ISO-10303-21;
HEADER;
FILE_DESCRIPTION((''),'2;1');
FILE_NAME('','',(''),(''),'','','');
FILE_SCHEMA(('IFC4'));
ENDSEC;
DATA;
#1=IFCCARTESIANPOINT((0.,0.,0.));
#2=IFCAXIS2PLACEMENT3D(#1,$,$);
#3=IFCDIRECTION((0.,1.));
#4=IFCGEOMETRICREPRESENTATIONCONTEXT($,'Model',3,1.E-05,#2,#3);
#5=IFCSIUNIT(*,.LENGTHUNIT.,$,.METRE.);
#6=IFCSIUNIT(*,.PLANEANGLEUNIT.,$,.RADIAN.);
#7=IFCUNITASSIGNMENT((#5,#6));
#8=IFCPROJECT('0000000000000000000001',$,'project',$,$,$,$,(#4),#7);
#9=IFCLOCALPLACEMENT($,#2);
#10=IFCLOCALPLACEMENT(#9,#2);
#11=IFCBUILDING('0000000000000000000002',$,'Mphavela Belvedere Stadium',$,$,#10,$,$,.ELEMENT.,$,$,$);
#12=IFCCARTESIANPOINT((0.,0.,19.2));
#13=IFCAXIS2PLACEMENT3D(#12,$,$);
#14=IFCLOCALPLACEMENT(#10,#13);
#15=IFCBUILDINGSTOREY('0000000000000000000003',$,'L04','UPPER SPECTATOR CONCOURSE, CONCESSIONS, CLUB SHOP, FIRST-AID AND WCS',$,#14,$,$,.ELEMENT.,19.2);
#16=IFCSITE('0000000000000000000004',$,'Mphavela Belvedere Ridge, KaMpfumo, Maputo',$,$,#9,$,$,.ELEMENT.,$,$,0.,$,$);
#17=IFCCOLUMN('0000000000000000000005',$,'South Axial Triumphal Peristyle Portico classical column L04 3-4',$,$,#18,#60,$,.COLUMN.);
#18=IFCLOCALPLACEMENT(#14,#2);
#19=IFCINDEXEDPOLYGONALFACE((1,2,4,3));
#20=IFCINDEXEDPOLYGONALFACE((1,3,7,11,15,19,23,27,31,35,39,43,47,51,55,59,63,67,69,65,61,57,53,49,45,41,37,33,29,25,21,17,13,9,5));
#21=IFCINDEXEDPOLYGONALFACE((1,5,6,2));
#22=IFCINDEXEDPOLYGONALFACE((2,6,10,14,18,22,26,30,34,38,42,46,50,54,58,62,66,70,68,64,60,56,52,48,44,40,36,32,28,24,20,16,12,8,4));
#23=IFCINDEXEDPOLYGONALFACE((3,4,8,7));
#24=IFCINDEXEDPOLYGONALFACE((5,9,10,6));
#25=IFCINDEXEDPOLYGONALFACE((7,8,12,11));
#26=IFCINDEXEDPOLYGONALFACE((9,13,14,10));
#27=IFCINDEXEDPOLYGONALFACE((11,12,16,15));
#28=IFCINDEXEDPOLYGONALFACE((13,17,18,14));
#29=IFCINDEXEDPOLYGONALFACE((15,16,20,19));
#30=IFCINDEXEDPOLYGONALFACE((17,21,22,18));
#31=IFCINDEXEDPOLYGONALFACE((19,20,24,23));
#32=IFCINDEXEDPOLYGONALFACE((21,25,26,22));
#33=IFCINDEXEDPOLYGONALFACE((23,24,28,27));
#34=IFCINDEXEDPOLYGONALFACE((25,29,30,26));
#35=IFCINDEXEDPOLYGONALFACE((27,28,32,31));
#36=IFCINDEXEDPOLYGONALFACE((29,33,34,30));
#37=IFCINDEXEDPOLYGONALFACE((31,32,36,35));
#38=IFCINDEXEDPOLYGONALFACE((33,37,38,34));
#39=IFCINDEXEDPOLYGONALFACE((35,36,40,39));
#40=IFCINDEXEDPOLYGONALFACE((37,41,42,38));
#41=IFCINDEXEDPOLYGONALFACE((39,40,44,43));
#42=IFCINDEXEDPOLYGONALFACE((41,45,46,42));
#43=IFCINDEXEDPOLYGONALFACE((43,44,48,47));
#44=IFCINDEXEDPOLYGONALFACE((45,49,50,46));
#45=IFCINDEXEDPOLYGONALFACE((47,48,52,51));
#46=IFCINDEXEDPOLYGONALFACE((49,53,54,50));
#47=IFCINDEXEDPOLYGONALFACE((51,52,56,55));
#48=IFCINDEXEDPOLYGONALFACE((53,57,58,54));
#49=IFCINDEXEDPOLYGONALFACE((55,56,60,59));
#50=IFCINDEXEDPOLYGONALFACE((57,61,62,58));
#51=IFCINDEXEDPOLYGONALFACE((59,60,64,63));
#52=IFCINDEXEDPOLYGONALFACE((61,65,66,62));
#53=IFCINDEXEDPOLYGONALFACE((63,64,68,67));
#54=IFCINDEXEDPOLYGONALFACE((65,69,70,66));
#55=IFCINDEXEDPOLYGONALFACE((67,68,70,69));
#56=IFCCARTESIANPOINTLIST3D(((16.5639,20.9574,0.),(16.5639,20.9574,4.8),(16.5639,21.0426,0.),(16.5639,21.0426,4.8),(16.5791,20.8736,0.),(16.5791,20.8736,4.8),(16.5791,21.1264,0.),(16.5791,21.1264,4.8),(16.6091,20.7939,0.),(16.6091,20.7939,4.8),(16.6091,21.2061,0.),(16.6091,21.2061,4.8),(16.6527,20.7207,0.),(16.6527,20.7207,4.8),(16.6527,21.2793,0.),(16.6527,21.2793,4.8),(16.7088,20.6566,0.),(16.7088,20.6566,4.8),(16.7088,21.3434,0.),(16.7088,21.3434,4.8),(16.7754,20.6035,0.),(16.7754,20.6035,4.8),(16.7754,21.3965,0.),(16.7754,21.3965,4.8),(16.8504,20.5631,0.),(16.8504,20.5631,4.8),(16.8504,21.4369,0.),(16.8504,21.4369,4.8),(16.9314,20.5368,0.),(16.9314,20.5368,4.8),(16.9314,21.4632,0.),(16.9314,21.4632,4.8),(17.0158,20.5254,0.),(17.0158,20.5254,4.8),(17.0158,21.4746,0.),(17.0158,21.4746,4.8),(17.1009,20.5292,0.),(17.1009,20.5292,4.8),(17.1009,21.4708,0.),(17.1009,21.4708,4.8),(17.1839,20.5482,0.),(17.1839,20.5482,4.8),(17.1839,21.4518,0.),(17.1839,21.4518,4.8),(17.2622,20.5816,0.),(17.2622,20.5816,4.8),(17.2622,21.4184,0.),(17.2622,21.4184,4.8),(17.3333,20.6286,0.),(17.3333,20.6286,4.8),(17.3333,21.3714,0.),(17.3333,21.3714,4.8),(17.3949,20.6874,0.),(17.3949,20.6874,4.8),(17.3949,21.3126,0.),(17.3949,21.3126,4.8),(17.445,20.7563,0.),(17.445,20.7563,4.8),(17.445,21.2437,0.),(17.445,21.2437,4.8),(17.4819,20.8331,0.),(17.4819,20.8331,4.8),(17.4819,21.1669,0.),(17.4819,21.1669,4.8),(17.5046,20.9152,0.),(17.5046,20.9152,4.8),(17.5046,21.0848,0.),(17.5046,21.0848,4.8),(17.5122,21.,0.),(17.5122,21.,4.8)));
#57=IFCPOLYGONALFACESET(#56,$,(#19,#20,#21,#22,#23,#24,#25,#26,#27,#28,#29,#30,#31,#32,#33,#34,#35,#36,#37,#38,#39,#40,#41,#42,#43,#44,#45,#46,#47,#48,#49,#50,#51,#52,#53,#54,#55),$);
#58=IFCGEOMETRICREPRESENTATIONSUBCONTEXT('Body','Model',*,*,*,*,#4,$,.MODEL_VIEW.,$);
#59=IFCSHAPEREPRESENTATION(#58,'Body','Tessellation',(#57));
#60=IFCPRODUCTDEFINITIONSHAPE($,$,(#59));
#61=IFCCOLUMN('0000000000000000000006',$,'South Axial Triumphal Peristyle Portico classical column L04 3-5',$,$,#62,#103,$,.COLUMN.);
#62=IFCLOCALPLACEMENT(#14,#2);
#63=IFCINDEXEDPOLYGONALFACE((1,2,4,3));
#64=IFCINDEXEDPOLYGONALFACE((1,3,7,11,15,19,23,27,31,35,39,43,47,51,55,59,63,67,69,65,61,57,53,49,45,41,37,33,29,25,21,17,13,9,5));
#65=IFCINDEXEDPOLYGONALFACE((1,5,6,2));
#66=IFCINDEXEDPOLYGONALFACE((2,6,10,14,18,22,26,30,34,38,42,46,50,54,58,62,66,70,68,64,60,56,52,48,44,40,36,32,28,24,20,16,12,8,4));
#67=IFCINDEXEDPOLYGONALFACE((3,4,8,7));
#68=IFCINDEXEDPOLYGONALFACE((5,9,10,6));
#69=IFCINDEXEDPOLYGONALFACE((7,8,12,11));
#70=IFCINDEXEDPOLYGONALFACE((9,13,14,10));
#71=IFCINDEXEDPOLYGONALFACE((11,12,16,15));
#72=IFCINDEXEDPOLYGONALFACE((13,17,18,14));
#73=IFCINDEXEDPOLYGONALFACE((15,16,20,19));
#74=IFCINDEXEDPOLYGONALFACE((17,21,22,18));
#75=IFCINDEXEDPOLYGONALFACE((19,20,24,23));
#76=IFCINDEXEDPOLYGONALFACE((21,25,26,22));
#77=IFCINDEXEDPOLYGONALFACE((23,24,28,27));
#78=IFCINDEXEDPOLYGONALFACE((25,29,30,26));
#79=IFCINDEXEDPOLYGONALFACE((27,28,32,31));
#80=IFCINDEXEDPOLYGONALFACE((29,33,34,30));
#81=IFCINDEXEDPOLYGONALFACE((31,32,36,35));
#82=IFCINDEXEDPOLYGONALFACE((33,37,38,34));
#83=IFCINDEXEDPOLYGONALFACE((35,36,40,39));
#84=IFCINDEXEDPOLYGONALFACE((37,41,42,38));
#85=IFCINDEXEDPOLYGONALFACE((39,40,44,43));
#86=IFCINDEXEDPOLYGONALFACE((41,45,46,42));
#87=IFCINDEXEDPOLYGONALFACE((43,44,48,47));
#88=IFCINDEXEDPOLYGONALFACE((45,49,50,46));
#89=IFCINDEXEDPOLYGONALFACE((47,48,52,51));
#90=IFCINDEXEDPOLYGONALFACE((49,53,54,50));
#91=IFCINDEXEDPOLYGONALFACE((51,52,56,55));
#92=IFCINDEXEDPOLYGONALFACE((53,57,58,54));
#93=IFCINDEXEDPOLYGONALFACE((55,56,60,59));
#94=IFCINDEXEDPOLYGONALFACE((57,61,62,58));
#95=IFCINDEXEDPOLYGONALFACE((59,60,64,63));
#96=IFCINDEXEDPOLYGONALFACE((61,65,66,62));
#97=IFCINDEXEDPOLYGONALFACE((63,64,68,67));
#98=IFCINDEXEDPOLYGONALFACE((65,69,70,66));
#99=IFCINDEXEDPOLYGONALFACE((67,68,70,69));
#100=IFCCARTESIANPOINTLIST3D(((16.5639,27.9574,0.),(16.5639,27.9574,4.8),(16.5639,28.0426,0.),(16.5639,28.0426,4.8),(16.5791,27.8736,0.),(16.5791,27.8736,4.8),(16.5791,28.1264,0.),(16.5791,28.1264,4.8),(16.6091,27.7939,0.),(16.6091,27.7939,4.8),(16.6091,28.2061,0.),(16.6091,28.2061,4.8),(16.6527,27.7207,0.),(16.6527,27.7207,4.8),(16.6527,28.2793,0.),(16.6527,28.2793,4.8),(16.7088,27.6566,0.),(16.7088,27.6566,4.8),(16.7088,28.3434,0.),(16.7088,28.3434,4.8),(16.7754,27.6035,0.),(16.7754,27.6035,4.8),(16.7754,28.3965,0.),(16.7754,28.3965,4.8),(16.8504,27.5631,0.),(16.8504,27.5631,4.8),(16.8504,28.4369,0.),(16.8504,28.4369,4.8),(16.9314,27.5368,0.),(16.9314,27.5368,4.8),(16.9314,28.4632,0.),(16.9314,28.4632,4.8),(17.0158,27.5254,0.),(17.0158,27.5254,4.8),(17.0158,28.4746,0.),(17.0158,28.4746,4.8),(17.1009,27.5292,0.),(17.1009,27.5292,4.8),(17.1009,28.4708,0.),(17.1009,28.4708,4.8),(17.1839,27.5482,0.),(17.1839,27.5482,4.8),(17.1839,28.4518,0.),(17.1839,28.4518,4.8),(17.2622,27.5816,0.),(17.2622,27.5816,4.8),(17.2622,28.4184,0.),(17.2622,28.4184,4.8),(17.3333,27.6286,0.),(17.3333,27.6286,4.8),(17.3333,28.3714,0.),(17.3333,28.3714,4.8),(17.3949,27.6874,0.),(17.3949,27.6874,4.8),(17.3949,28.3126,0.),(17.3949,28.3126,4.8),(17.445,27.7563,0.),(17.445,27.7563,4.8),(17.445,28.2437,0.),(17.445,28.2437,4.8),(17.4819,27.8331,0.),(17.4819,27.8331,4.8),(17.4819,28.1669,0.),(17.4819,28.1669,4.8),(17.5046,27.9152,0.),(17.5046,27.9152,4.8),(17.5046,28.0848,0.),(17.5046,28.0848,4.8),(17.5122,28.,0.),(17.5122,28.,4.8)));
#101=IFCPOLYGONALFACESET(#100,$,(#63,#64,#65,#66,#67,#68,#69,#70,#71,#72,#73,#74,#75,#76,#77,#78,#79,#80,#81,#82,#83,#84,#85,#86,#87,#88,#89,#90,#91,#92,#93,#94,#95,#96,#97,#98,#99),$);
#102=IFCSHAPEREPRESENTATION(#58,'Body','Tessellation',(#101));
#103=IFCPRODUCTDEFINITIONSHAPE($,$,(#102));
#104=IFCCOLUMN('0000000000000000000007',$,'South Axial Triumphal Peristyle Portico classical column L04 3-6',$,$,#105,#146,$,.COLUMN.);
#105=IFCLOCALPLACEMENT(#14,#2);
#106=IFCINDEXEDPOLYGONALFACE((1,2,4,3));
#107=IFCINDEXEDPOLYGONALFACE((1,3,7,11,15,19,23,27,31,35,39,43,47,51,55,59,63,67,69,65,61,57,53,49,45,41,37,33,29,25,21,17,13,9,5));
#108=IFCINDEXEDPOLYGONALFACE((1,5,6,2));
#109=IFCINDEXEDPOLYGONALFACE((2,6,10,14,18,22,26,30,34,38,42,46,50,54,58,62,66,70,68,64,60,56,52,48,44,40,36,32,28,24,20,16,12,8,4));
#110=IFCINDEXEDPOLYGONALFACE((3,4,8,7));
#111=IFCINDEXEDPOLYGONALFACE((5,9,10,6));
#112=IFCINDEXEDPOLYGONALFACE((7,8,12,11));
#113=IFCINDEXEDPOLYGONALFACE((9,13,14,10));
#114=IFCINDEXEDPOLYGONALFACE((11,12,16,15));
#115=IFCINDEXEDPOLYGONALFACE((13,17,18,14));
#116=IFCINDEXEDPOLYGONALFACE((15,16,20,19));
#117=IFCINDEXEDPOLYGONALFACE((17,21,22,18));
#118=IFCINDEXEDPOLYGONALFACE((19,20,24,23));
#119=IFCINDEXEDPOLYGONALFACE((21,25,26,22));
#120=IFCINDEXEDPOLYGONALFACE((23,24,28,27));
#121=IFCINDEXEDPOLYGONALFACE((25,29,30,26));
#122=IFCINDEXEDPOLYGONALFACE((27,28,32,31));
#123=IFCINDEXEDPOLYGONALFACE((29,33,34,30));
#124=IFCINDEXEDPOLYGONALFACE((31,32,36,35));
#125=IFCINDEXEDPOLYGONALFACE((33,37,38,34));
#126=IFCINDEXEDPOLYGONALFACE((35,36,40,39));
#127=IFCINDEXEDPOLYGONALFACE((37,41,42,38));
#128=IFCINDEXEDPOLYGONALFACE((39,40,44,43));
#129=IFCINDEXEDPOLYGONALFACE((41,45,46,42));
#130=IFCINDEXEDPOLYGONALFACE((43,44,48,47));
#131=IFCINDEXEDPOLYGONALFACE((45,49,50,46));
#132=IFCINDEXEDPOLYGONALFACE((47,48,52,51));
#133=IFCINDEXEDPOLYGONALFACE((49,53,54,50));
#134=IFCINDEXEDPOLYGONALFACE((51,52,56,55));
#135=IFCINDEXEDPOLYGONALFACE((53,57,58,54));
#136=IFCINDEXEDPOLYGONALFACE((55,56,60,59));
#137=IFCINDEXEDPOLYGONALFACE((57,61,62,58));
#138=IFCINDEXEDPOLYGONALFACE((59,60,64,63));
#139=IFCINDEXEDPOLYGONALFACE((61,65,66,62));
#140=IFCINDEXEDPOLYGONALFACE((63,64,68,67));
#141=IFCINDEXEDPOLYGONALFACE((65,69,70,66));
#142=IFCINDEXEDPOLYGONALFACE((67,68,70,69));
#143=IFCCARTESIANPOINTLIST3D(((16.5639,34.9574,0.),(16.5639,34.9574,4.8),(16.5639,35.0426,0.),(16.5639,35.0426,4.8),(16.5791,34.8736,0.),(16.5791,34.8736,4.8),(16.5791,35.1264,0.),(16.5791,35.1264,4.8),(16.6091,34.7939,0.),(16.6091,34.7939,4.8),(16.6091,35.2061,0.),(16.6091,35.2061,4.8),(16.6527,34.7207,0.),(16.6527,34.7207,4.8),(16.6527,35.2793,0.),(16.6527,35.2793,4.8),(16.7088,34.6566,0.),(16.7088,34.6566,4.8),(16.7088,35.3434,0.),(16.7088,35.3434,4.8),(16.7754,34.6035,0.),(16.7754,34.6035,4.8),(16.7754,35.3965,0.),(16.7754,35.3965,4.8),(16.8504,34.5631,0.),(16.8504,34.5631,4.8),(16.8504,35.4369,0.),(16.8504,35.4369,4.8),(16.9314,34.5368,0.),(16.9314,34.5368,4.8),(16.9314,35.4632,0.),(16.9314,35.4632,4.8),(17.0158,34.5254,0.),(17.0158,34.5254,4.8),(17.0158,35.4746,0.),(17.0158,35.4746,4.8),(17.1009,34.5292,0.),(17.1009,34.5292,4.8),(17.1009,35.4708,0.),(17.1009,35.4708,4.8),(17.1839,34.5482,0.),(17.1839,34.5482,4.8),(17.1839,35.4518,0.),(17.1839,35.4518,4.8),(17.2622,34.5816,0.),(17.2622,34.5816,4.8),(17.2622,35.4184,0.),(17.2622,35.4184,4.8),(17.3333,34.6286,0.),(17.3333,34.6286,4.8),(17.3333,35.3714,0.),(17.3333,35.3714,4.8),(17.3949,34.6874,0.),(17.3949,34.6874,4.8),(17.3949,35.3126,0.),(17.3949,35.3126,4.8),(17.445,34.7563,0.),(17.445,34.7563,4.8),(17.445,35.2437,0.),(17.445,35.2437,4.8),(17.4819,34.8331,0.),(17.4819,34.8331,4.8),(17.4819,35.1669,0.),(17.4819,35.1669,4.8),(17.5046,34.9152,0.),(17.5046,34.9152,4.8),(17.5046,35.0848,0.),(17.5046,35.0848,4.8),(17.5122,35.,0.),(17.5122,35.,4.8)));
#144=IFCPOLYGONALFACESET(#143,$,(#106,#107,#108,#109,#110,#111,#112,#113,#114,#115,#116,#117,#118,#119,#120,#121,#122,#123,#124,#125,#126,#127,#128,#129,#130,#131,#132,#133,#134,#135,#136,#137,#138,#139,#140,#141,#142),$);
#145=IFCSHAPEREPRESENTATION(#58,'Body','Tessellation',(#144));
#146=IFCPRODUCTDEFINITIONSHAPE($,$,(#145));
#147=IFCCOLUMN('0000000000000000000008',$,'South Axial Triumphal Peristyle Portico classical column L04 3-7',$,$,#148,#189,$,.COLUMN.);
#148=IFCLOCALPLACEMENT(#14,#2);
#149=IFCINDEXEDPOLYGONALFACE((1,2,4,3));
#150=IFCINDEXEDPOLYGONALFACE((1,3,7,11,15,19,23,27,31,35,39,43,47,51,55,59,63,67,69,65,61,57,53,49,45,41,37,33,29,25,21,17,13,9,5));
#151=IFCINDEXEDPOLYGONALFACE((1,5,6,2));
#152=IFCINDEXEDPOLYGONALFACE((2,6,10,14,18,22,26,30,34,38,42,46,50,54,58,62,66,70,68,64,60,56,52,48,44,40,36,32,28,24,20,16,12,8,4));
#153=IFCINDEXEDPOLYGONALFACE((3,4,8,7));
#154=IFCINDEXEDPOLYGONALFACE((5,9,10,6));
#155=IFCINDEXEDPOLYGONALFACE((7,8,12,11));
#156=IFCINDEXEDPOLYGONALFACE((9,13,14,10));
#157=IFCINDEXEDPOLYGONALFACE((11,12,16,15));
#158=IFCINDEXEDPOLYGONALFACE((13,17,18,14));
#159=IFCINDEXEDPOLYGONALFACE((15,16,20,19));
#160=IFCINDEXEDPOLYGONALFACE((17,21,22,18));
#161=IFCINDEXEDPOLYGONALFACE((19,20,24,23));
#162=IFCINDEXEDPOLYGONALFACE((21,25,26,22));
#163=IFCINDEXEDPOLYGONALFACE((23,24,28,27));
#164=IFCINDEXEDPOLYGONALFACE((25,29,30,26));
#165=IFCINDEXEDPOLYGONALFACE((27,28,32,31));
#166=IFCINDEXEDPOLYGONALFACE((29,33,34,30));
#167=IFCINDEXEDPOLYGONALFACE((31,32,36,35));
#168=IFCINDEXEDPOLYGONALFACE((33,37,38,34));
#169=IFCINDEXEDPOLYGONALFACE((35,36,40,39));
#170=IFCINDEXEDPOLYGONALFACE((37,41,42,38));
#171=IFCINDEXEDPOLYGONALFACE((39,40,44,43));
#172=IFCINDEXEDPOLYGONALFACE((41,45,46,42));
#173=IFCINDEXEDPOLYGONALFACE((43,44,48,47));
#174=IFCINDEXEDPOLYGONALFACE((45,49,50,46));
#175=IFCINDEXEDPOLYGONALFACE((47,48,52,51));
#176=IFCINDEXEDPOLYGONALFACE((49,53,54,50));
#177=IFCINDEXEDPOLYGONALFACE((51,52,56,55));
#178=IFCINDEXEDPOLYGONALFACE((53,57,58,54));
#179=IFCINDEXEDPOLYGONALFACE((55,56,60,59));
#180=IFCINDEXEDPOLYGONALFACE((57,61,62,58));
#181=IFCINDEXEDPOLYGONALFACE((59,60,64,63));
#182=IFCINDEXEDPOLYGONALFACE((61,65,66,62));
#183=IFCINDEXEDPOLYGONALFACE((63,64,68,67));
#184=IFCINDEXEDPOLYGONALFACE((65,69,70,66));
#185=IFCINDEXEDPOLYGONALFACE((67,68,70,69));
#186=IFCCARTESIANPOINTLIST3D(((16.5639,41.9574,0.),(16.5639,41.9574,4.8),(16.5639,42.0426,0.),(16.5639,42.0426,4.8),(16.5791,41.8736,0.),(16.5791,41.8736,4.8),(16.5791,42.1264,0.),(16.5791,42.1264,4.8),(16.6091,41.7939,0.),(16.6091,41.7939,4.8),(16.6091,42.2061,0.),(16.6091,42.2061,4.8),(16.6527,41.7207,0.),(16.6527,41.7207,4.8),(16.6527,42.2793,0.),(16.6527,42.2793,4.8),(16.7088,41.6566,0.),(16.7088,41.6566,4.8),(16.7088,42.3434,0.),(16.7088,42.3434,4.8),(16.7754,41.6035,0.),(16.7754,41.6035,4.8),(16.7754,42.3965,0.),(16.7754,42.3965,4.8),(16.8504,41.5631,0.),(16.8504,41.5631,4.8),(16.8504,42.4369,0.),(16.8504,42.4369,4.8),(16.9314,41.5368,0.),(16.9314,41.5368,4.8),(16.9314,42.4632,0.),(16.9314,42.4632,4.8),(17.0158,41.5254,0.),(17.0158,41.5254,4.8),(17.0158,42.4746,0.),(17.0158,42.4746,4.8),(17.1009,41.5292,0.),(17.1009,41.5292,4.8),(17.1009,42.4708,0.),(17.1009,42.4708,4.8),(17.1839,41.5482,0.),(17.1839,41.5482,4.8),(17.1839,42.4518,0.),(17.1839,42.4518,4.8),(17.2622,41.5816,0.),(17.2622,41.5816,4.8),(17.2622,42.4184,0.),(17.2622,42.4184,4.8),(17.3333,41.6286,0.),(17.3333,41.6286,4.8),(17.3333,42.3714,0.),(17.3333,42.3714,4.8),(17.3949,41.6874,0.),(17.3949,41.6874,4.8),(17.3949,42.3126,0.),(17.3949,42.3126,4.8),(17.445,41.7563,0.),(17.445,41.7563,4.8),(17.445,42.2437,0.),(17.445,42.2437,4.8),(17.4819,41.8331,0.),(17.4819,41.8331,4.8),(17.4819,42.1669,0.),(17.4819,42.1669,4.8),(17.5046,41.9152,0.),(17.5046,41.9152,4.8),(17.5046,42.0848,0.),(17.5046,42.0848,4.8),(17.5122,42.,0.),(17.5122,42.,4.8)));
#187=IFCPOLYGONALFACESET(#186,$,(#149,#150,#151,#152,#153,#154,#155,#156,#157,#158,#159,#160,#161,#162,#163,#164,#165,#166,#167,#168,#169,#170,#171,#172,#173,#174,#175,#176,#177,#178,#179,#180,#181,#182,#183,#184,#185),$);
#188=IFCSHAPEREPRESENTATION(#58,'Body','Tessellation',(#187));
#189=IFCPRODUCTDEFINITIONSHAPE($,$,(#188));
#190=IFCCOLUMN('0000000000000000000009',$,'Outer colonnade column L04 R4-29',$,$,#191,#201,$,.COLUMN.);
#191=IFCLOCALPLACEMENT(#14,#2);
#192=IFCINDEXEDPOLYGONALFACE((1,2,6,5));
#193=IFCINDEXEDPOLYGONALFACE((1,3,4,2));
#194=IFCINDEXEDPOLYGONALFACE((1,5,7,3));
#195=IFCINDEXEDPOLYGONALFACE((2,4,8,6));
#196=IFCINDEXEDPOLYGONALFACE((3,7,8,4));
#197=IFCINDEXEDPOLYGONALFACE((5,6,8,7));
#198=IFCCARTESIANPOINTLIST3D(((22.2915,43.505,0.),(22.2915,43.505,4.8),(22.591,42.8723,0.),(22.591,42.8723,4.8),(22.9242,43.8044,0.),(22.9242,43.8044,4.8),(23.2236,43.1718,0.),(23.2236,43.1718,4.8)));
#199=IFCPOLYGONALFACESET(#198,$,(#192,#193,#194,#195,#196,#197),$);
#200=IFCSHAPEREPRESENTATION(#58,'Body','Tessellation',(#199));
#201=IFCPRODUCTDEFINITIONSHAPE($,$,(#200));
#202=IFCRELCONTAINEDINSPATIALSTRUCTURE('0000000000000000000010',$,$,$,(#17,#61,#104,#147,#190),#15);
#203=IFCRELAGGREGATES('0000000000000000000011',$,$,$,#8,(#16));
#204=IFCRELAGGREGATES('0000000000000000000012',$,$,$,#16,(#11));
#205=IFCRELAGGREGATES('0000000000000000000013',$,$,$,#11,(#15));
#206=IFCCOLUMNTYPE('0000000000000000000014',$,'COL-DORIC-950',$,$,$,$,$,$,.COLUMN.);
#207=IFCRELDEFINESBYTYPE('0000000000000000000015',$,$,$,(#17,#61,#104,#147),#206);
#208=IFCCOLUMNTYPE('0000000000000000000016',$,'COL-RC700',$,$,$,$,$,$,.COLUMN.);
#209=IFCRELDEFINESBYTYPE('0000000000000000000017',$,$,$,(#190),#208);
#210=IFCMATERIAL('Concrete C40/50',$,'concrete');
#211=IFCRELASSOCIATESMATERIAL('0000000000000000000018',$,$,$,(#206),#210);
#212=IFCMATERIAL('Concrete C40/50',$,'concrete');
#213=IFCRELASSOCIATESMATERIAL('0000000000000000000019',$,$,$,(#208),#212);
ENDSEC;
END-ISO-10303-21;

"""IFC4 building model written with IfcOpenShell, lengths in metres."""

from ifc_helpers import new_model, si_unit, direction, frame, origin, origin_2d, place, context, subcontext, project, spatial, rectangle, circle, extrude, material, material_profile, profile_set, type_object, element, save


model = new_model("IFC4")

# Units and contexts
model_context = context("Model", 3, precision=1e-05, world=origin(), true_north=direction((0.0, 1.0)))
body_context = subcontext(model_context, "Body", "Model", "MODEL_VIEW")
ifc_project = project(units=[si_unit("LENGTHUNIT", "METRE"), si_unit("PLANEANGLEUNIT", "RADIAN")], contexts=[model_context])

# Site, building, storey
site_placement = place(None, origin())
site = spatial("IfcSite", under=ifc_project, at=site_placement, Name="Mphavela Belvedere Ridge, KaMpfumo, Maputo", CompositionType="ELEMENT", RefElevation=0.0)
building_placement = place(site_placement, origin())
building = spatial("IfcBuilding", under=site, at=building_placement, Name="Mphavela Belvedere Stadium", CompositionType="ELEMENT")
storey_placement = place(building_placement, frame((0.0, 0.0, 19.2)))
storey = spatial("IfcBuildingStorey", under=building, at=storey_placement, Name="L04", Description="UPPER SPECTATOR CONCOURSE, CONCESSIONS, CLUB SHOP, FIRST-AID AND WCS", CompositionType="ELEMENT", Elevation=19.2)

# Columns
ifc_material_1 = material(Name="Concrete C40/50", Category="concrete")
ifc_material_profile_1 = material_profile(ifc_material_1, circle(Radius=0.4751, at=origin_2d()), Name="COL D950")
ifc_profile_set_1 = profile_set([ifc_material_profile_1], Name="Concrete C40/50")
column_type_1 = type_object("IfcColumnType", Name="COL-DORIC-950", PredefinedType="COLUMN", material=ifc_profile_set_1)
for number, where, z_axis, x_axis, name in (
    (1, (17.0371, 21.0, 0.0), (0.0, 0.0, 1.0), (1.0, 0.0, 0.0), "South Axial Triumphal Peristyle Portico classical column L04 3-4"),
    (2, (17.0371, 28.0, 0.0), (0.0, 0.0, 1.0), (1.0, 0.0, 0.0), "South Axial Triumphal Peristyle Portico classical column L04 3-5"),
    (3, (17.0371, 35.0, 0.0), (0.0, 0.0, 1.0), (1.0, 0.0, 0.0), "South Axial Triumphal Peristyle Portico classical column L04 3-6"),
    (4, (17.0371, 42.0, 0.0), (0.0, 0.0, 1.0), (1.0, 0.0, 0.0), "South Axial Triumphal Peristyle Portico classical column L04 3-7"),
):
    element("IfcColumn", number, at=place(storey_placement, frame(where, z_axis=z_axis, x_axis=x_axis)), inside=storey, type_object=column_type_1, Name=name, PredefinedType="COLUMN", context=body_context, shape_type="SweptSolid", body=[
        extrude(circle(Radius=0.4751, at=origin_2d()), origin(), (0.0, 0.0, 1.0), 4.8),
    ])
ifc_material_2 = material(Name="Concrete C40/50", Category="concrete")
ifc_material_profile_2 = material_profile(ifc_material_2, rectangle(XDim=0.7, YDim=0.7, at=origin_2d()), Name="RC 700x700")
ifc_profile_set_2 = profile_set([ifc_material_profile_2], Name="Concrete C40/50")
column_type_2 = type_object("IfcColumnType", Name="COL-RC700", PredefinedType="COLUMN", material=ifc_profile_set_2)
column_placement = place(storey_placement, frame((22.7576, 43.3384, 0.0), z_axis=(0.0, 0.0, 1.0), x_axis=(-0.903859, -0.427831, 0.0)))
element("IfcColumn", 5, at=column_placement, inside=storey, type_object=column_type_2, Name="Outer colonnade column L04 R4-29", PredefinedType="COLUMN", context=body_context, shape_type="SweptSolid", body=[
    extrude(rectangle(XDim=0.7, YDim=0.7, at=origin_2d()), origin(), (0.0, 0.0, 1.0), 4.8),
])

save(model, "model.ifc")
